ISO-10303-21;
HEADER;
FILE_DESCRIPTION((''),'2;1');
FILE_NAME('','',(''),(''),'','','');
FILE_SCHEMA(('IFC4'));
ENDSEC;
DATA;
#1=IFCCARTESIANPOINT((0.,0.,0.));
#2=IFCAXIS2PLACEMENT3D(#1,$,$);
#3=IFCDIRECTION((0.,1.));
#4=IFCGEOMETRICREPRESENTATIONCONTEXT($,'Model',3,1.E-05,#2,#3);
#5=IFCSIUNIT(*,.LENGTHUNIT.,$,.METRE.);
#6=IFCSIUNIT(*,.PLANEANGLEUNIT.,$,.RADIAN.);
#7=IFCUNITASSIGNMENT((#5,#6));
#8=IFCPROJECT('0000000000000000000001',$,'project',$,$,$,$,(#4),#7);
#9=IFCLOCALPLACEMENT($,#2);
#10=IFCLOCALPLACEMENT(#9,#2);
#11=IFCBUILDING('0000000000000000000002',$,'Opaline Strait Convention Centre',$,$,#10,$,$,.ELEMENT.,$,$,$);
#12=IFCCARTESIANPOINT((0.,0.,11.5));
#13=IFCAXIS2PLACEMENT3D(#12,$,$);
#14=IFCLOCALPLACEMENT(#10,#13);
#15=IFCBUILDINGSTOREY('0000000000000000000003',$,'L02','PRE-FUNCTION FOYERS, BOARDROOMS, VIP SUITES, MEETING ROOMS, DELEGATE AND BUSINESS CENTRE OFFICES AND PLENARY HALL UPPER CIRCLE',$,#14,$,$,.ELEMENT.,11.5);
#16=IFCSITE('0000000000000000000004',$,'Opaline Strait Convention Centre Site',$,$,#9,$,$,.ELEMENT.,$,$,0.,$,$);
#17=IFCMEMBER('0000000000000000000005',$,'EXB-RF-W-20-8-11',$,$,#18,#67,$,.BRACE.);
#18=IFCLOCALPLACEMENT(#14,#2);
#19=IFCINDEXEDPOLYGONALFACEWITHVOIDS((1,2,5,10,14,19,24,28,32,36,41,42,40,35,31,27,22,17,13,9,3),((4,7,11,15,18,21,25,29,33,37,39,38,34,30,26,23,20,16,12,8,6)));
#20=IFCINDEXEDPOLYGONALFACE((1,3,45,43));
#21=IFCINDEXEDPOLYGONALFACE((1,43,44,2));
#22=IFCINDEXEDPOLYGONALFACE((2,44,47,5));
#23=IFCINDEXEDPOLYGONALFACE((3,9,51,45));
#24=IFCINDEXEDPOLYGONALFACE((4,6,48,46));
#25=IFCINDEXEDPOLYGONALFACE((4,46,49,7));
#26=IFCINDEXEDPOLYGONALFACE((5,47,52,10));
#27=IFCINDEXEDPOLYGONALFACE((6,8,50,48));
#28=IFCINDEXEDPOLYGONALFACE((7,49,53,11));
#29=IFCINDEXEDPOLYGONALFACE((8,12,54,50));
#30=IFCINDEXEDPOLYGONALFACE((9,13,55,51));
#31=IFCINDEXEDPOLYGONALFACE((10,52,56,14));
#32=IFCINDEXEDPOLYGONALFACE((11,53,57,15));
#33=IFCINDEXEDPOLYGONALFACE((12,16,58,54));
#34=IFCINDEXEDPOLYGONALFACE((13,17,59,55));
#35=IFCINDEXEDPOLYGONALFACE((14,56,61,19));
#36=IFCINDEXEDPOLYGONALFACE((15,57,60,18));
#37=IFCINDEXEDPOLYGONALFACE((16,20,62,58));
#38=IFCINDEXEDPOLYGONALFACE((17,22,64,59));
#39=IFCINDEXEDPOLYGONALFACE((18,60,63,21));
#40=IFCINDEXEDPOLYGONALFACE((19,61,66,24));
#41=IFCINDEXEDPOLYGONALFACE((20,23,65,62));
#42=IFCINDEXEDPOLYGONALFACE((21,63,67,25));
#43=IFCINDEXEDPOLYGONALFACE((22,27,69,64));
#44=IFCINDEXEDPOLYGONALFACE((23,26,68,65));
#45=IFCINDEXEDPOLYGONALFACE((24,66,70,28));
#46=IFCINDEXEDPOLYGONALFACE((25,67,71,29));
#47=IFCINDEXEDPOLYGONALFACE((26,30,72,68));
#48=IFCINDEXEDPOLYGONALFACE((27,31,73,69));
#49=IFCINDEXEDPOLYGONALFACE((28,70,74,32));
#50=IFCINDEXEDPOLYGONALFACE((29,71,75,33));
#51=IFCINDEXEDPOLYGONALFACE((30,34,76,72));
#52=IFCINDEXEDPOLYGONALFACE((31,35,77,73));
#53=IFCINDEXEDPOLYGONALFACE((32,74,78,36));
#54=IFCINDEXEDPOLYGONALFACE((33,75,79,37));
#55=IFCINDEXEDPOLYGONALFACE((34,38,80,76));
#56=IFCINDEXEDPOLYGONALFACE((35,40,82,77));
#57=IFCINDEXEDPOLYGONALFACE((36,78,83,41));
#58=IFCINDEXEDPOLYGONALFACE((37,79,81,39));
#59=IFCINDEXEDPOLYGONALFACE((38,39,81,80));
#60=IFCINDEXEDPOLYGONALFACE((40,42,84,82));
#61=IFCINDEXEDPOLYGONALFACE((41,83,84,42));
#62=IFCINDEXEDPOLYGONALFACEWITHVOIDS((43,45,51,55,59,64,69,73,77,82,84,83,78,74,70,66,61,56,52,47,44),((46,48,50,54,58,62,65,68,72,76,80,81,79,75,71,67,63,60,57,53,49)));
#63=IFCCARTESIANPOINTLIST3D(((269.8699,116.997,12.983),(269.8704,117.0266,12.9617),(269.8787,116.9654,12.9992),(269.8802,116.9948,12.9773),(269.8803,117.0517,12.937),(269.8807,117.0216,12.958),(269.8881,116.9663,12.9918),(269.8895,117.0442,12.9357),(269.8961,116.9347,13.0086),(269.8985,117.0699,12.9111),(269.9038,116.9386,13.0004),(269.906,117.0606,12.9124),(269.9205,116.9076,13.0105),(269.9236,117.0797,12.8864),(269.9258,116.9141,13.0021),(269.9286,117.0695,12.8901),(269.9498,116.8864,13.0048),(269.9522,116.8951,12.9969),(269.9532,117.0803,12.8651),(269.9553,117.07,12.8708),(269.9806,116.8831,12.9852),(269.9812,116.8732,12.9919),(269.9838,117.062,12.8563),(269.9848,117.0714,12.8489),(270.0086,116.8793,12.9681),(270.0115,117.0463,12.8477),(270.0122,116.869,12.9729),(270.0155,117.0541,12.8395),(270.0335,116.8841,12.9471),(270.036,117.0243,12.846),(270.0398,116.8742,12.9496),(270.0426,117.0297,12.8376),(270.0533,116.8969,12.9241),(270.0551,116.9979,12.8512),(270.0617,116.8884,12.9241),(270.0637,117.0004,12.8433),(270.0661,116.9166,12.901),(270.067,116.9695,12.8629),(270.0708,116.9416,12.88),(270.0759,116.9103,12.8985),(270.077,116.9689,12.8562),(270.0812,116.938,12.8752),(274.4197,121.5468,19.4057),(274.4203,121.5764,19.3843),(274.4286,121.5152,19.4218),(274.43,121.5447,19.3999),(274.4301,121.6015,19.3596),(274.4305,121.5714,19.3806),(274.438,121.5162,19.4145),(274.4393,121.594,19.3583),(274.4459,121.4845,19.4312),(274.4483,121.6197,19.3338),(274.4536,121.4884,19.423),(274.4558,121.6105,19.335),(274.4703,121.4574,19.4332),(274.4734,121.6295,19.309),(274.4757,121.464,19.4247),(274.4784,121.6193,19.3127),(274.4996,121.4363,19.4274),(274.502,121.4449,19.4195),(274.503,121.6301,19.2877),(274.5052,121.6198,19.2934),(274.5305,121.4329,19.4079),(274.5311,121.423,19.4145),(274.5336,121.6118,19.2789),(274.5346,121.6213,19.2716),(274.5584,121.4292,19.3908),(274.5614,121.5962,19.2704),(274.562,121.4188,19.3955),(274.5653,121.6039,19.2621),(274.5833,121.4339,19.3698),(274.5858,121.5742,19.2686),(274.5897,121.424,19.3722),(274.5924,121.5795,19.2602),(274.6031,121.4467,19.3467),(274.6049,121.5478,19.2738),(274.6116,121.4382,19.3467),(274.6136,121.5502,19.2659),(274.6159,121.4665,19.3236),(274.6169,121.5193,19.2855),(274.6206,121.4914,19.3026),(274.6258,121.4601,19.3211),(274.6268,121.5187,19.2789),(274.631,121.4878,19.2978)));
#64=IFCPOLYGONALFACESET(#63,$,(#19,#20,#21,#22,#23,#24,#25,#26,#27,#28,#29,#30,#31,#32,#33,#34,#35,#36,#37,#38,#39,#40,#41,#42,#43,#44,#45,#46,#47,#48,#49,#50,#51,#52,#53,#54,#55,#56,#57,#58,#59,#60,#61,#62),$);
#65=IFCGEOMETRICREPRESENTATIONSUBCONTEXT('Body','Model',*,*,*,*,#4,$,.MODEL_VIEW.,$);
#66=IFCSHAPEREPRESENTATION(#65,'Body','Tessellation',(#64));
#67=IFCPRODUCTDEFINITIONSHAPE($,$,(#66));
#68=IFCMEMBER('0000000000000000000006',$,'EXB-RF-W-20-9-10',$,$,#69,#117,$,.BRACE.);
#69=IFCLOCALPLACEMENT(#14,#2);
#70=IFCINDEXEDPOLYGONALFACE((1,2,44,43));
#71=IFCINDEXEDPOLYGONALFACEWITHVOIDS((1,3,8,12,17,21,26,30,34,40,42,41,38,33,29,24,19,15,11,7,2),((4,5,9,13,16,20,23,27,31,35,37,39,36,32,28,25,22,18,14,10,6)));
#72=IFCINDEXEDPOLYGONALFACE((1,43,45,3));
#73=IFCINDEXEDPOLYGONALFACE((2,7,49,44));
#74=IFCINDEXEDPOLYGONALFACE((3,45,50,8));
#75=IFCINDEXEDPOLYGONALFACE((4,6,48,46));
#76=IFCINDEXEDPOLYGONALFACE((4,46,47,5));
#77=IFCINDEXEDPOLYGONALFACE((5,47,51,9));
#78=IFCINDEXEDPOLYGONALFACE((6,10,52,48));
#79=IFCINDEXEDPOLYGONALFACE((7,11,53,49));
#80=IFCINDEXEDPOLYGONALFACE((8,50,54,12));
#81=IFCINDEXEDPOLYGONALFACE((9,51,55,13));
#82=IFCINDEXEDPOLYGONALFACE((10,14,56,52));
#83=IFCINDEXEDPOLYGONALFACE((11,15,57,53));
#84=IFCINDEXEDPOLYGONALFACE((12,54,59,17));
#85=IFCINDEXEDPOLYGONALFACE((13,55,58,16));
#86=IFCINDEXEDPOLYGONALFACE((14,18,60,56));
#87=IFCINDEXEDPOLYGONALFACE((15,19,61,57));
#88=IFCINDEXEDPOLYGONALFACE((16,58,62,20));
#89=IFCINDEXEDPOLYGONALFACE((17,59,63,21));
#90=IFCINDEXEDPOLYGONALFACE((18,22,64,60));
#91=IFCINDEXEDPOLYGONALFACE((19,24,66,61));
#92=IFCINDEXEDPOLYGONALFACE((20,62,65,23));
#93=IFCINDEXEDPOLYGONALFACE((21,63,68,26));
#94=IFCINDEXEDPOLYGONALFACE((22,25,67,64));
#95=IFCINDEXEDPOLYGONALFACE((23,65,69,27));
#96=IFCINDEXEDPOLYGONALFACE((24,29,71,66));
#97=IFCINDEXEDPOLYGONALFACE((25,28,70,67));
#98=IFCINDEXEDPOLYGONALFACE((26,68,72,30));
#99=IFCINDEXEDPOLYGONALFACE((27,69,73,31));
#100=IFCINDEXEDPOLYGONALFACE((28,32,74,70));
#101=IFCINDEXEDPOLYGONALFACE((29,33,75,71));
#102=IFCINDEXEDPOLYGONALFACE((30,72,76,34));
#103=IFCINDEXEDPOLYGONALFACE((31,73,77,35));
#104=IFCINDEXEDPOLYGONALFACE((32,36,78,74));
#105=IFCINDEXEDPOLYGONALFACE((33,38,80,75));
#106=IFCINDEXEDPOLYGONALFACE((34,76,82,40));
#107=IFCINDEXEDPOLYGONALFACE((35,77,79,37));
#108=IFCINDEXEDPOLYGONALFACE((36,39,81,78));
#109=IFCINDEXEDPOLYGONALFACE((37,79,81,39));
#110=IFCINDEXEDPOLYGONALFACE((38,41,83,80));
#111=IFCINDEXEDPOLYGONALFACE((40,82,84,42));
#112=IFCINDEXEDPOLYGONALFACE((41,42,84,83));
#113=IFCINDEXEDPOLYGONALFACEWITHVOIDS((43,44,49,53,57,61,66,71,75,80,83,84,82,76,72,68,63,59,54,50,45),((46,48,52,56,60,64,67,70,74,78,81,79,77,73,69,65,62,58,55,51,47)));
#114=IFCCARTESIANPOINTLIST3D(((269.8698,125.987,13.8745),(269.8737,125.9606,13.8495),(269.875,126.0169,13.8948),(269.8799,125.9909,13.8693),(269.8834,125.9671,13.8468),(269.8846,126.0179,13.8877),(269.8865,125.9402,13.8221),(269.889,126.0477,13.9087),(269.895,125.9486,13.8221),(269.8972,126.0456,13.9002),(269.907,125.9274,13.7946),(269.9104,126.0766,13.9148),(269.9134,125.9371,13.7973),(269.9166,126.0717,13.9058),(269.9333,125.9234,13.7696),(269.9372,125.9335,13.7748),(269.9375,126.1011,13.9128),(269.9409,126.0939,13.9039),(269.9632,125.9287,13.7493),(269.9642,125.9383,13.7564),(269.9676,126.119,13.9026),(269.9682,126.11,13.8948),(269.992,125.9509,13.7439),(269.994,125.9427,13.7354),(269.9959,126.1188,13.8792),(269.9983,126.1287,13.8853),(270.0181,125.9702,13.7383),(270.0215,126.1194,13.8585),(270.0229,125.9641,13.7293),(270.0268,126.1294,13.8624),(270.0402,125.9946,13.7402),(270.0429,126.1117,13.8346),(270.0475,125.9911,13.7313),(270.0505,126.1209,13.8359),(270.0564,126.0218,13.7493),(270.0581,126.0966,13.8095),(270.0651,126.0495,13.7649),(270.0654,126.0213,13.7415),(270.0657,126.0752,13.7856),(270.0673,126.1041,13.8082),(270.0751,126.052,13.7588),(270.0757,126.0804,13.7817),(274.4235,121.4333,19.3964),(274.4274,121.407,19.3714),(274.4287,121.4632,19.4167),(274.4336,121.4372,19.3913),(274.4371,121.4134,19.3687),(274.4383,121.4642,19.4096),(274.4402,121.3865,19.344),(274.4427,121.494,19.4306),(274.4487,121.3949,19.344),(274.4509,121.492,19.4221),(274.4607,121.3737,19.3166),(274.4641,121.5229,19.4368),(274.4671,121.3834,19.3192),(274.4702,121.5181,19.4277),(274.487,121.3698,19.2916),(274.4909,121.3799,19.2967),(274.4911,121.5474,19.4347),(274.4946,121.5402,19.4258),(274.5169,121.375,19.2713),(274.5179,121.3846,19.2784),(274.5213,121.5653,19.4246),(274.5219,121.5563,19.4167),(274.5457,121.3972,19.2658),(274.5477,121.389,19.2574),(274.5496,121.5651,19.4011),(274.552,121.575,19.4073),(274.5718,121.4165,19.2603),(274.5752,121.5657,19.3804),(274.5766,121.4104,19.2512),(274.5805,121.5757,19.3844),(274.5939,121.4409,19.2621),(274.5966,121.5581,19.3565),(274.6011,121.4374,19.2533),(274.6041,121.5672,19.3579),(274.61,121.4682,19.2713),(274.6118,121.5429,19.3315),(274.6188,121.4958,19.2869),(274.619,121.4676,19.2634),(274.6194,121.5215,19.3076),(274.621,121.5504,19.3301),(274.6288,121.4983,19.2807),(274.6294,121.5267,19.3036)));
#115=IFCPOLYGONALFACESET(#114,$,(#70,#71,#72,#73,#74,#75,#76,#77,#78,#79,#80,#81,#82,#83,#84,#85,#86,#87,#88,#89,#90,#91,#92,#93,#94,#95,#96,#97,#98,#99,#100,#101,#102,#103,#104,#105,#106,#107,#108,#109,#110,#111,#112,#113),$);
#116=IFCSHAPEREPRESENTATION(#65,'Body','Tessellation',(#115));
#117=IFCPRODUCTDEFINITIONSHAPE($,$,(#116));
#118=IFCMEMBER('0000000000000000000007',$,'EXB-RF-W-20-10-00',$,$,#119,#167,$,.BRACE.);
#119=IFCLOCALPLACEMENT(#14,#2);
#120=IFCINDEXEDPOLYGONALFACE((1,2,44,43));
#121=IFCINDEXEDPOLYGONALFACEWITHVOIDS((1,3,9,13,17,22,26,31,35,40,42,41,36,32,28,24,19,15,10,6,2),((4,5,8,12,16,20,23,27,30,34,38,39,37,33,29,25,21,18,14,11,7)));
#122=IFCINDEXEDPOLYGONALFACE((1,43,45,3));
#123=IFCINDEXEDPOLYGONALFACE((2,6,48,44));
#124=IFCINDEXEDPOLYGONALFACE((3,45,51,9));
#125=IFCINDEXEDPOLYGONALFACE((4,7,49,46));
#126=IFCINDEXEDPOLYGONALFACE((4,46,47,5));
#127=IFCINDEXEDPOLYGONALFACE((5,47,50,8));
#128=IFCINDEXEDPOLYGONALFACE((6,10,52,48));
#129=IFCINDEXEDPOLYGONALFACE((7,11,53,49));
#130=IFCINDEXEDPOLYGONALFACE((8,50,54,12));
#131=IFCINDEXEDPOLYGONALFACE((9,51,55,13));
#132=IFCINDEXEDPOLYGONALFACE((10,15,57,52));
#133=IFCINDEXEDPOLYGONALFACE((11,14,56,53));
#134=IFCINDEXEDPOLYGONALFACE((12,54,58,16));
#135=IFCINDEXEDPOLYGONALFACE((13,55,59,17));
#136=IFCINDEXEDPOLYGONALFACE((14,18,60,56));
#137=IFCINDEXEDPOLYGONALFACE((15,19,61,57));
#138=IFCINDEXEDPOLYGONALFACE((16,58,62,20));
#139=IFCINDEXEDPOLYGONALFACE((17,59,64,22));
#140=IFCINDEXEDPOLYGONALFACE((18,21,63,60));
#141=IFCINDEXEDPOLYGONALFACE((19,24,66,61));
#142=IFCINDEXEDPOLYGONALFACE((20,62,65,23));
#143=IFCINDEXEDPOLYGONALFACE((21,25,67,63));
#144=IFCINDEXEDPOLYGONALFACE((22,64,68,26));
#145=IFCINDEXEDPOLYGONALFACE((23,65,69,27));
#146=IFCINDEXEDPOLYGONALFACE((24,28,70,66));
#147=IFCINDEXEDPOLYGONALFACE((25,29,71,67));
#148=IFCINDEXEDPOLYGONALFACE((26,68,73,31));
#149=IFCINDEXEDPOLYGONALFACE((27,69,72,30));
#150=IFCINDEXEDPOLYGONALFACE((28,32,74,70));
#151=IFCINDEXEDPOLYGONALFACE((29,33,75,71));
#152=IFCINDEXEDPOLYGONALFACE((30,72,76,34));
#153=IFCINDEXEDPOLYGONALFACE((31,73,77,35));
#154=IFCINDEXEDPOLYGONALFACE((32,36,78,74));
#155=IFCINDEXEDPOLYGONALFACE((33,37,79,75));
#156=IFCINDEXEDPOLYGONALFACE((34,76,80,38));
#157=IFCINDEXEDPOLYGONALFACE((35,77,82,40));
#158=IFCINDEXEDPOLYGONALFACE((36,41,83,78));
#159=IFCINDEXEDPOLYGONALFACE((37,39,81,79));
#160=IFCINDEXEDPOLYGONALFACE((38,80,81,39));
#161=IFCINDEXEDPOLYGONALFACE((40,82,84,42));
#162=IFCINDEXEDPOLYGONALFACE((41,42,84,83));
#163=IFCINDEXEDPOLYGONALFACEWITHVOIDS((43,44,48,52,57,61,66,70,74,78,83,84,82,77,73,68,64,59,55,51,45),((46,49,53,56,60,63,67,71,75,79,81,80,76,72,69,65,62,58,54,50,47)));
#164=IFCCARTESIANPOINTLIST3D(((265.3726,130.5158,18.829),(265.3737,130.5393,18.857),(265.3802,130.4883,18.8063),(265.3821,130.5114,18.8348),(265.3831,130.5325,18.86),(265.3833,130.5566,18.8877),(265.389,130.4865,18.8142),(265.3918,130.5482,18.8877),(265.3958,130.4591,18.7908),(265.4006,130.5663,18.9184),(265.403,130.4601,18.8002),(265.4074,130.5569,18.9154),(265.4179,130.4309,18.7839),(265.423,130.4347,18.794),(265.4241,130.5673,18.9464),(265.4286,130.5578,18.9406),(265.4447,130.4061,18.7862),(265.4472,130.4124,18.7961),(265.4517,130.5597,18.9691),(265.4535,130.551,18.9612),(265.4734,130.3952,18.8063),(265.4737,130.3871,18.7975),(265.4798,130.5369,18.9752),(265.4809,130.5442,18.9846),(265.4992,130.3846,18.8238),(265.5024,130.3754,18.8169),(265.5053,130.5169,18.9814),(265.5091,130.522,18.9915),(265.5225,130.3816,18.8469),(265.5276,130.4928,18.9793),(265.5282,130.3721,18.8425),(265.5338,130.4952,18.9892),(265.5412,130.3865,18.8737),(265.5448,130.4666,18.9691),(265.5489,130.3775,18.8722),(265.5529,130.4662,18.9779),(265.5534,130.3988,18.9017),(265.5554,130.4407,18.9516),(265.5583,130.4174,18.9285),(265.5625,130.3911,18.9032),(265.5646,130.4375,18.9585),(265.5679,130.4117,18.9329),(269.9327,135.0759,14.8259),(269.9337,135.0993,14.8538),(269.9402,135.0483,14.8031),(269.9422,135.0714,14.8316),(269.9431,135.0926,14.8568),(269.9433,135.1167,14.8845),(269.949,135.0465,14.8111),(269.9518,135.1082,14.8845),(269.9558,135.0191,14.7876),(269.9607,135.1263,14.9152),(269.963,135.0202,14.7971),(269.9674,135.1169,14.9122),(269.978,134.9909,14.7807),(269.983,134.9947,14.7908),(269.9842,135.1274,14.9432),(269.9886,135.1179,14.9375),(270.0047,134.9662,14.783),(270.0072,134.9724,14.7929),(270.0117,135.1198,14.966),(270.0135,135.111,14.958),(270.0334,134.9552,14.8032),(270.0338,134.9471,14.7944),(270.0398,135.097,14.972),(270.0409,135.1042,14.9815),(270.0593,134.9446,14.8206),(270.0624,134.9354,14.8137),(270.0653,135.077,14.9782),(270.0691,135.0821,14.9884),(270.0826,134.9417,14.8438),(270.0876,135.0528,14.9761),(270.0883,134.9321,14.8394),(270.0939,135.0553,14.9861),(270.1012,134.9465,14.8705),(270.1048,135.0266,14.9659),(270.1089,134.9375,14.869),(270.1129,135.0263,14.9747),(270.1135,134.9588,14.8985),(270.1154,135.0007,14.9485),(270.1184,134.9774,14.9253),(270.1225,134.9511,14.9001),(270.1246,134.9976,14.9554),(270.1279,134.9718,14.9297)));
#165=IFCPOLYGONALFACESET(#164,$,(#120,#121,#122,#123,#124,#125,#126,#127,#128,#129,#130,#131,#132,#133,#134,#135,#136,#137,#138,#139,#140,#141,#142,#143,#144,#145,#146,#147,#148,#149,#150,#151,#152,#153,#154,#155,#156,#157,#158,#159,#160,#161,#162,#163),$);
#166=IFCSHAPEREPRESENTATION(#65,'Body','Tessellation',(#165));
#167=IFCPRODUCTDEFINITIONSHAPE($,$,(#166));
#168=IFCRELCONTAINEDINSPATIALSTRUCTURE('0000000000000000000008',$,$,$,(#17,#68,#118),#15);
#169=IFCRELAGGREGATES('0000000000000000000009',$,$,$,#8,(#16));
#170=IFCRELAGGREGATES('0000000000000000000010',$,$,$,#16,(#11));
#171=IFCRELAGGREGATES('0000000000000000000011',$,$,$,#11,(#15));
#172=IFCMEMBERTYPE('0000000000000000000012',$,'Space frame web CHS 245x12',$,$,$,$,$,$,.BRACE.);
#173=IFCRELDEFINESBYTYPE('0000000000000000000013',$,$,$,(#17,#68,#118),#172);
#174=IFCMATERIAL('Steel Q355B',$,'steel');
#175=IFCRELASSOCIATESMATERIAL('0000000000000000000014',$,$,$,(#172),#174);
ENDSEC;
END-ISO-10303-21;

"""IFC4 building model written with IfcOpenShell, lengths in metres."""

from ifc_helpers import new_model, si_unit, direction, frame, origin, origin_2d, place, context, subcontext, project, spatial, hollow_circle, extrude, material, material_profile, profile_set, type_object, element, save


model = new_model("IFC4")

# Units and contexts
model_context = context("Model", 3, precision=1e-05, world=origin(), true_north=direction((0.0, 1.0)))
body_context = subcontext(model_context, "Body", "Model", "MODEL_VIEW")
ifc_project = project(units=[si_unit("LENGTHUNIT", "METRE"), si_unit("PLANEANGLEUNIT", "RADIAN")], contexts=[model_context])

# Site, building, storey
site_placement = place(None, origin())
site = spatial("IfcSite", under=ifc_project, at=site_placement, Name="Opaline Strait Convention Centre Site", CompositionType="ELEMENT", RefElevation=0.0)
building_placement = place(site_placement, origin())
building = spatial("IfcBuilding", under=site, at=building_placement, Name="Opaline Strait Convention Centre", CompositionType="ELEMENT")
storey_placement = place(building_placement, frame((0.0, 0.0, 11.5)))
storey = spatial("IfcBuildingStorey", under=building, at=storey_placement, Name="L02", Description="PRE-FUNCTION FOYERS, BOARDROOMS, VIP SUITES, MEETING ROOMS, DELEGATE AND BUSINESS CENTRE OFFICES AND PLENARY HALL UPPER CIRCLE", CompositionType="ELEMENT", Elevation=11.5)

# Members
ifc_material_1 = material(Name="Steel Q355B", Category="steel")
ifc_material_profile_1 = material_profile(ifc_material_1, hollow_circle(Radius=0.1226, WallThickness=0.012, at=origin_2d()), Name="CHS 245x12")
ifc_profile_set_1 = profile_set([ifc_material_profile_1], Name="Steel Q355B")
member_type_1 = type_object("IfcMemberType", Name="Space frame web CHS 245x12", PredefinedType="BRACE", material=ifc_profile_set_1)
member_1_placement = place(storey_placement, frame((274.5249, 121.5249, 19.3467), z_axis=(-0.500458, -0.500458, -0.706458), x_axis=(0.707107, -0.707107, 0.0)))
element("IfcMember", 1, at=member_1_placement, inside=storey, type_object=member_type_1, Name="EXB-RF-W-20-8-11", PredefinedType="BRACE", context=body_context, shape_type="SweptSolid", body=[
    extrude(hollow_circle(Radius=0.1226, WallThickness=0.012, at=origin_2d()), origin(), (0.0, 0.0, 1.0), 9.0913),
])
member_2_placement = place(storey_placement, frame((274.5269, 121.4731, 19.344), z_axis=(-0.536791, 0.536791, -0.65093), x_axis=(-0.707107, -0.707107, 0.0)))
element("IfcMember", 2, at=member_2_placement, inside=storey, type_object=member_type_1, Name="EXB-RF-W-20-9-10", PredefinedType="BRACE", context=body_context, shape_type="SweptSolid", body=[
    extrude(hollow_circle(Radius=0.1226, WallThickness=0.012, at=origin_2d()), origin(), (0.0, 0.0, 1.0), 8.4832),
])
member_3_placement = place(storey_placement, frame((265.47, 130.47, 18.8877), z_axis=(0.600769, 0.600769, -0.527402), x_axis=(-0.707107, 0.707107, 0.0)))
element("IfcMember", 3, at=member_3_placement, inside=storey, type_object=member_type_1, Name="EXB-RF-W-20-10-00", PredefinedType="BRACE", context=body_context, shape_type="SweptSolid", body=[
    extrude(hollow_circle(Radius=0.1226, WallThickness=0.012, at=origin_2d()), origin(), (0.0, 0.0, 1.0), 7.5903),
])

save(model, "model.ifc")
